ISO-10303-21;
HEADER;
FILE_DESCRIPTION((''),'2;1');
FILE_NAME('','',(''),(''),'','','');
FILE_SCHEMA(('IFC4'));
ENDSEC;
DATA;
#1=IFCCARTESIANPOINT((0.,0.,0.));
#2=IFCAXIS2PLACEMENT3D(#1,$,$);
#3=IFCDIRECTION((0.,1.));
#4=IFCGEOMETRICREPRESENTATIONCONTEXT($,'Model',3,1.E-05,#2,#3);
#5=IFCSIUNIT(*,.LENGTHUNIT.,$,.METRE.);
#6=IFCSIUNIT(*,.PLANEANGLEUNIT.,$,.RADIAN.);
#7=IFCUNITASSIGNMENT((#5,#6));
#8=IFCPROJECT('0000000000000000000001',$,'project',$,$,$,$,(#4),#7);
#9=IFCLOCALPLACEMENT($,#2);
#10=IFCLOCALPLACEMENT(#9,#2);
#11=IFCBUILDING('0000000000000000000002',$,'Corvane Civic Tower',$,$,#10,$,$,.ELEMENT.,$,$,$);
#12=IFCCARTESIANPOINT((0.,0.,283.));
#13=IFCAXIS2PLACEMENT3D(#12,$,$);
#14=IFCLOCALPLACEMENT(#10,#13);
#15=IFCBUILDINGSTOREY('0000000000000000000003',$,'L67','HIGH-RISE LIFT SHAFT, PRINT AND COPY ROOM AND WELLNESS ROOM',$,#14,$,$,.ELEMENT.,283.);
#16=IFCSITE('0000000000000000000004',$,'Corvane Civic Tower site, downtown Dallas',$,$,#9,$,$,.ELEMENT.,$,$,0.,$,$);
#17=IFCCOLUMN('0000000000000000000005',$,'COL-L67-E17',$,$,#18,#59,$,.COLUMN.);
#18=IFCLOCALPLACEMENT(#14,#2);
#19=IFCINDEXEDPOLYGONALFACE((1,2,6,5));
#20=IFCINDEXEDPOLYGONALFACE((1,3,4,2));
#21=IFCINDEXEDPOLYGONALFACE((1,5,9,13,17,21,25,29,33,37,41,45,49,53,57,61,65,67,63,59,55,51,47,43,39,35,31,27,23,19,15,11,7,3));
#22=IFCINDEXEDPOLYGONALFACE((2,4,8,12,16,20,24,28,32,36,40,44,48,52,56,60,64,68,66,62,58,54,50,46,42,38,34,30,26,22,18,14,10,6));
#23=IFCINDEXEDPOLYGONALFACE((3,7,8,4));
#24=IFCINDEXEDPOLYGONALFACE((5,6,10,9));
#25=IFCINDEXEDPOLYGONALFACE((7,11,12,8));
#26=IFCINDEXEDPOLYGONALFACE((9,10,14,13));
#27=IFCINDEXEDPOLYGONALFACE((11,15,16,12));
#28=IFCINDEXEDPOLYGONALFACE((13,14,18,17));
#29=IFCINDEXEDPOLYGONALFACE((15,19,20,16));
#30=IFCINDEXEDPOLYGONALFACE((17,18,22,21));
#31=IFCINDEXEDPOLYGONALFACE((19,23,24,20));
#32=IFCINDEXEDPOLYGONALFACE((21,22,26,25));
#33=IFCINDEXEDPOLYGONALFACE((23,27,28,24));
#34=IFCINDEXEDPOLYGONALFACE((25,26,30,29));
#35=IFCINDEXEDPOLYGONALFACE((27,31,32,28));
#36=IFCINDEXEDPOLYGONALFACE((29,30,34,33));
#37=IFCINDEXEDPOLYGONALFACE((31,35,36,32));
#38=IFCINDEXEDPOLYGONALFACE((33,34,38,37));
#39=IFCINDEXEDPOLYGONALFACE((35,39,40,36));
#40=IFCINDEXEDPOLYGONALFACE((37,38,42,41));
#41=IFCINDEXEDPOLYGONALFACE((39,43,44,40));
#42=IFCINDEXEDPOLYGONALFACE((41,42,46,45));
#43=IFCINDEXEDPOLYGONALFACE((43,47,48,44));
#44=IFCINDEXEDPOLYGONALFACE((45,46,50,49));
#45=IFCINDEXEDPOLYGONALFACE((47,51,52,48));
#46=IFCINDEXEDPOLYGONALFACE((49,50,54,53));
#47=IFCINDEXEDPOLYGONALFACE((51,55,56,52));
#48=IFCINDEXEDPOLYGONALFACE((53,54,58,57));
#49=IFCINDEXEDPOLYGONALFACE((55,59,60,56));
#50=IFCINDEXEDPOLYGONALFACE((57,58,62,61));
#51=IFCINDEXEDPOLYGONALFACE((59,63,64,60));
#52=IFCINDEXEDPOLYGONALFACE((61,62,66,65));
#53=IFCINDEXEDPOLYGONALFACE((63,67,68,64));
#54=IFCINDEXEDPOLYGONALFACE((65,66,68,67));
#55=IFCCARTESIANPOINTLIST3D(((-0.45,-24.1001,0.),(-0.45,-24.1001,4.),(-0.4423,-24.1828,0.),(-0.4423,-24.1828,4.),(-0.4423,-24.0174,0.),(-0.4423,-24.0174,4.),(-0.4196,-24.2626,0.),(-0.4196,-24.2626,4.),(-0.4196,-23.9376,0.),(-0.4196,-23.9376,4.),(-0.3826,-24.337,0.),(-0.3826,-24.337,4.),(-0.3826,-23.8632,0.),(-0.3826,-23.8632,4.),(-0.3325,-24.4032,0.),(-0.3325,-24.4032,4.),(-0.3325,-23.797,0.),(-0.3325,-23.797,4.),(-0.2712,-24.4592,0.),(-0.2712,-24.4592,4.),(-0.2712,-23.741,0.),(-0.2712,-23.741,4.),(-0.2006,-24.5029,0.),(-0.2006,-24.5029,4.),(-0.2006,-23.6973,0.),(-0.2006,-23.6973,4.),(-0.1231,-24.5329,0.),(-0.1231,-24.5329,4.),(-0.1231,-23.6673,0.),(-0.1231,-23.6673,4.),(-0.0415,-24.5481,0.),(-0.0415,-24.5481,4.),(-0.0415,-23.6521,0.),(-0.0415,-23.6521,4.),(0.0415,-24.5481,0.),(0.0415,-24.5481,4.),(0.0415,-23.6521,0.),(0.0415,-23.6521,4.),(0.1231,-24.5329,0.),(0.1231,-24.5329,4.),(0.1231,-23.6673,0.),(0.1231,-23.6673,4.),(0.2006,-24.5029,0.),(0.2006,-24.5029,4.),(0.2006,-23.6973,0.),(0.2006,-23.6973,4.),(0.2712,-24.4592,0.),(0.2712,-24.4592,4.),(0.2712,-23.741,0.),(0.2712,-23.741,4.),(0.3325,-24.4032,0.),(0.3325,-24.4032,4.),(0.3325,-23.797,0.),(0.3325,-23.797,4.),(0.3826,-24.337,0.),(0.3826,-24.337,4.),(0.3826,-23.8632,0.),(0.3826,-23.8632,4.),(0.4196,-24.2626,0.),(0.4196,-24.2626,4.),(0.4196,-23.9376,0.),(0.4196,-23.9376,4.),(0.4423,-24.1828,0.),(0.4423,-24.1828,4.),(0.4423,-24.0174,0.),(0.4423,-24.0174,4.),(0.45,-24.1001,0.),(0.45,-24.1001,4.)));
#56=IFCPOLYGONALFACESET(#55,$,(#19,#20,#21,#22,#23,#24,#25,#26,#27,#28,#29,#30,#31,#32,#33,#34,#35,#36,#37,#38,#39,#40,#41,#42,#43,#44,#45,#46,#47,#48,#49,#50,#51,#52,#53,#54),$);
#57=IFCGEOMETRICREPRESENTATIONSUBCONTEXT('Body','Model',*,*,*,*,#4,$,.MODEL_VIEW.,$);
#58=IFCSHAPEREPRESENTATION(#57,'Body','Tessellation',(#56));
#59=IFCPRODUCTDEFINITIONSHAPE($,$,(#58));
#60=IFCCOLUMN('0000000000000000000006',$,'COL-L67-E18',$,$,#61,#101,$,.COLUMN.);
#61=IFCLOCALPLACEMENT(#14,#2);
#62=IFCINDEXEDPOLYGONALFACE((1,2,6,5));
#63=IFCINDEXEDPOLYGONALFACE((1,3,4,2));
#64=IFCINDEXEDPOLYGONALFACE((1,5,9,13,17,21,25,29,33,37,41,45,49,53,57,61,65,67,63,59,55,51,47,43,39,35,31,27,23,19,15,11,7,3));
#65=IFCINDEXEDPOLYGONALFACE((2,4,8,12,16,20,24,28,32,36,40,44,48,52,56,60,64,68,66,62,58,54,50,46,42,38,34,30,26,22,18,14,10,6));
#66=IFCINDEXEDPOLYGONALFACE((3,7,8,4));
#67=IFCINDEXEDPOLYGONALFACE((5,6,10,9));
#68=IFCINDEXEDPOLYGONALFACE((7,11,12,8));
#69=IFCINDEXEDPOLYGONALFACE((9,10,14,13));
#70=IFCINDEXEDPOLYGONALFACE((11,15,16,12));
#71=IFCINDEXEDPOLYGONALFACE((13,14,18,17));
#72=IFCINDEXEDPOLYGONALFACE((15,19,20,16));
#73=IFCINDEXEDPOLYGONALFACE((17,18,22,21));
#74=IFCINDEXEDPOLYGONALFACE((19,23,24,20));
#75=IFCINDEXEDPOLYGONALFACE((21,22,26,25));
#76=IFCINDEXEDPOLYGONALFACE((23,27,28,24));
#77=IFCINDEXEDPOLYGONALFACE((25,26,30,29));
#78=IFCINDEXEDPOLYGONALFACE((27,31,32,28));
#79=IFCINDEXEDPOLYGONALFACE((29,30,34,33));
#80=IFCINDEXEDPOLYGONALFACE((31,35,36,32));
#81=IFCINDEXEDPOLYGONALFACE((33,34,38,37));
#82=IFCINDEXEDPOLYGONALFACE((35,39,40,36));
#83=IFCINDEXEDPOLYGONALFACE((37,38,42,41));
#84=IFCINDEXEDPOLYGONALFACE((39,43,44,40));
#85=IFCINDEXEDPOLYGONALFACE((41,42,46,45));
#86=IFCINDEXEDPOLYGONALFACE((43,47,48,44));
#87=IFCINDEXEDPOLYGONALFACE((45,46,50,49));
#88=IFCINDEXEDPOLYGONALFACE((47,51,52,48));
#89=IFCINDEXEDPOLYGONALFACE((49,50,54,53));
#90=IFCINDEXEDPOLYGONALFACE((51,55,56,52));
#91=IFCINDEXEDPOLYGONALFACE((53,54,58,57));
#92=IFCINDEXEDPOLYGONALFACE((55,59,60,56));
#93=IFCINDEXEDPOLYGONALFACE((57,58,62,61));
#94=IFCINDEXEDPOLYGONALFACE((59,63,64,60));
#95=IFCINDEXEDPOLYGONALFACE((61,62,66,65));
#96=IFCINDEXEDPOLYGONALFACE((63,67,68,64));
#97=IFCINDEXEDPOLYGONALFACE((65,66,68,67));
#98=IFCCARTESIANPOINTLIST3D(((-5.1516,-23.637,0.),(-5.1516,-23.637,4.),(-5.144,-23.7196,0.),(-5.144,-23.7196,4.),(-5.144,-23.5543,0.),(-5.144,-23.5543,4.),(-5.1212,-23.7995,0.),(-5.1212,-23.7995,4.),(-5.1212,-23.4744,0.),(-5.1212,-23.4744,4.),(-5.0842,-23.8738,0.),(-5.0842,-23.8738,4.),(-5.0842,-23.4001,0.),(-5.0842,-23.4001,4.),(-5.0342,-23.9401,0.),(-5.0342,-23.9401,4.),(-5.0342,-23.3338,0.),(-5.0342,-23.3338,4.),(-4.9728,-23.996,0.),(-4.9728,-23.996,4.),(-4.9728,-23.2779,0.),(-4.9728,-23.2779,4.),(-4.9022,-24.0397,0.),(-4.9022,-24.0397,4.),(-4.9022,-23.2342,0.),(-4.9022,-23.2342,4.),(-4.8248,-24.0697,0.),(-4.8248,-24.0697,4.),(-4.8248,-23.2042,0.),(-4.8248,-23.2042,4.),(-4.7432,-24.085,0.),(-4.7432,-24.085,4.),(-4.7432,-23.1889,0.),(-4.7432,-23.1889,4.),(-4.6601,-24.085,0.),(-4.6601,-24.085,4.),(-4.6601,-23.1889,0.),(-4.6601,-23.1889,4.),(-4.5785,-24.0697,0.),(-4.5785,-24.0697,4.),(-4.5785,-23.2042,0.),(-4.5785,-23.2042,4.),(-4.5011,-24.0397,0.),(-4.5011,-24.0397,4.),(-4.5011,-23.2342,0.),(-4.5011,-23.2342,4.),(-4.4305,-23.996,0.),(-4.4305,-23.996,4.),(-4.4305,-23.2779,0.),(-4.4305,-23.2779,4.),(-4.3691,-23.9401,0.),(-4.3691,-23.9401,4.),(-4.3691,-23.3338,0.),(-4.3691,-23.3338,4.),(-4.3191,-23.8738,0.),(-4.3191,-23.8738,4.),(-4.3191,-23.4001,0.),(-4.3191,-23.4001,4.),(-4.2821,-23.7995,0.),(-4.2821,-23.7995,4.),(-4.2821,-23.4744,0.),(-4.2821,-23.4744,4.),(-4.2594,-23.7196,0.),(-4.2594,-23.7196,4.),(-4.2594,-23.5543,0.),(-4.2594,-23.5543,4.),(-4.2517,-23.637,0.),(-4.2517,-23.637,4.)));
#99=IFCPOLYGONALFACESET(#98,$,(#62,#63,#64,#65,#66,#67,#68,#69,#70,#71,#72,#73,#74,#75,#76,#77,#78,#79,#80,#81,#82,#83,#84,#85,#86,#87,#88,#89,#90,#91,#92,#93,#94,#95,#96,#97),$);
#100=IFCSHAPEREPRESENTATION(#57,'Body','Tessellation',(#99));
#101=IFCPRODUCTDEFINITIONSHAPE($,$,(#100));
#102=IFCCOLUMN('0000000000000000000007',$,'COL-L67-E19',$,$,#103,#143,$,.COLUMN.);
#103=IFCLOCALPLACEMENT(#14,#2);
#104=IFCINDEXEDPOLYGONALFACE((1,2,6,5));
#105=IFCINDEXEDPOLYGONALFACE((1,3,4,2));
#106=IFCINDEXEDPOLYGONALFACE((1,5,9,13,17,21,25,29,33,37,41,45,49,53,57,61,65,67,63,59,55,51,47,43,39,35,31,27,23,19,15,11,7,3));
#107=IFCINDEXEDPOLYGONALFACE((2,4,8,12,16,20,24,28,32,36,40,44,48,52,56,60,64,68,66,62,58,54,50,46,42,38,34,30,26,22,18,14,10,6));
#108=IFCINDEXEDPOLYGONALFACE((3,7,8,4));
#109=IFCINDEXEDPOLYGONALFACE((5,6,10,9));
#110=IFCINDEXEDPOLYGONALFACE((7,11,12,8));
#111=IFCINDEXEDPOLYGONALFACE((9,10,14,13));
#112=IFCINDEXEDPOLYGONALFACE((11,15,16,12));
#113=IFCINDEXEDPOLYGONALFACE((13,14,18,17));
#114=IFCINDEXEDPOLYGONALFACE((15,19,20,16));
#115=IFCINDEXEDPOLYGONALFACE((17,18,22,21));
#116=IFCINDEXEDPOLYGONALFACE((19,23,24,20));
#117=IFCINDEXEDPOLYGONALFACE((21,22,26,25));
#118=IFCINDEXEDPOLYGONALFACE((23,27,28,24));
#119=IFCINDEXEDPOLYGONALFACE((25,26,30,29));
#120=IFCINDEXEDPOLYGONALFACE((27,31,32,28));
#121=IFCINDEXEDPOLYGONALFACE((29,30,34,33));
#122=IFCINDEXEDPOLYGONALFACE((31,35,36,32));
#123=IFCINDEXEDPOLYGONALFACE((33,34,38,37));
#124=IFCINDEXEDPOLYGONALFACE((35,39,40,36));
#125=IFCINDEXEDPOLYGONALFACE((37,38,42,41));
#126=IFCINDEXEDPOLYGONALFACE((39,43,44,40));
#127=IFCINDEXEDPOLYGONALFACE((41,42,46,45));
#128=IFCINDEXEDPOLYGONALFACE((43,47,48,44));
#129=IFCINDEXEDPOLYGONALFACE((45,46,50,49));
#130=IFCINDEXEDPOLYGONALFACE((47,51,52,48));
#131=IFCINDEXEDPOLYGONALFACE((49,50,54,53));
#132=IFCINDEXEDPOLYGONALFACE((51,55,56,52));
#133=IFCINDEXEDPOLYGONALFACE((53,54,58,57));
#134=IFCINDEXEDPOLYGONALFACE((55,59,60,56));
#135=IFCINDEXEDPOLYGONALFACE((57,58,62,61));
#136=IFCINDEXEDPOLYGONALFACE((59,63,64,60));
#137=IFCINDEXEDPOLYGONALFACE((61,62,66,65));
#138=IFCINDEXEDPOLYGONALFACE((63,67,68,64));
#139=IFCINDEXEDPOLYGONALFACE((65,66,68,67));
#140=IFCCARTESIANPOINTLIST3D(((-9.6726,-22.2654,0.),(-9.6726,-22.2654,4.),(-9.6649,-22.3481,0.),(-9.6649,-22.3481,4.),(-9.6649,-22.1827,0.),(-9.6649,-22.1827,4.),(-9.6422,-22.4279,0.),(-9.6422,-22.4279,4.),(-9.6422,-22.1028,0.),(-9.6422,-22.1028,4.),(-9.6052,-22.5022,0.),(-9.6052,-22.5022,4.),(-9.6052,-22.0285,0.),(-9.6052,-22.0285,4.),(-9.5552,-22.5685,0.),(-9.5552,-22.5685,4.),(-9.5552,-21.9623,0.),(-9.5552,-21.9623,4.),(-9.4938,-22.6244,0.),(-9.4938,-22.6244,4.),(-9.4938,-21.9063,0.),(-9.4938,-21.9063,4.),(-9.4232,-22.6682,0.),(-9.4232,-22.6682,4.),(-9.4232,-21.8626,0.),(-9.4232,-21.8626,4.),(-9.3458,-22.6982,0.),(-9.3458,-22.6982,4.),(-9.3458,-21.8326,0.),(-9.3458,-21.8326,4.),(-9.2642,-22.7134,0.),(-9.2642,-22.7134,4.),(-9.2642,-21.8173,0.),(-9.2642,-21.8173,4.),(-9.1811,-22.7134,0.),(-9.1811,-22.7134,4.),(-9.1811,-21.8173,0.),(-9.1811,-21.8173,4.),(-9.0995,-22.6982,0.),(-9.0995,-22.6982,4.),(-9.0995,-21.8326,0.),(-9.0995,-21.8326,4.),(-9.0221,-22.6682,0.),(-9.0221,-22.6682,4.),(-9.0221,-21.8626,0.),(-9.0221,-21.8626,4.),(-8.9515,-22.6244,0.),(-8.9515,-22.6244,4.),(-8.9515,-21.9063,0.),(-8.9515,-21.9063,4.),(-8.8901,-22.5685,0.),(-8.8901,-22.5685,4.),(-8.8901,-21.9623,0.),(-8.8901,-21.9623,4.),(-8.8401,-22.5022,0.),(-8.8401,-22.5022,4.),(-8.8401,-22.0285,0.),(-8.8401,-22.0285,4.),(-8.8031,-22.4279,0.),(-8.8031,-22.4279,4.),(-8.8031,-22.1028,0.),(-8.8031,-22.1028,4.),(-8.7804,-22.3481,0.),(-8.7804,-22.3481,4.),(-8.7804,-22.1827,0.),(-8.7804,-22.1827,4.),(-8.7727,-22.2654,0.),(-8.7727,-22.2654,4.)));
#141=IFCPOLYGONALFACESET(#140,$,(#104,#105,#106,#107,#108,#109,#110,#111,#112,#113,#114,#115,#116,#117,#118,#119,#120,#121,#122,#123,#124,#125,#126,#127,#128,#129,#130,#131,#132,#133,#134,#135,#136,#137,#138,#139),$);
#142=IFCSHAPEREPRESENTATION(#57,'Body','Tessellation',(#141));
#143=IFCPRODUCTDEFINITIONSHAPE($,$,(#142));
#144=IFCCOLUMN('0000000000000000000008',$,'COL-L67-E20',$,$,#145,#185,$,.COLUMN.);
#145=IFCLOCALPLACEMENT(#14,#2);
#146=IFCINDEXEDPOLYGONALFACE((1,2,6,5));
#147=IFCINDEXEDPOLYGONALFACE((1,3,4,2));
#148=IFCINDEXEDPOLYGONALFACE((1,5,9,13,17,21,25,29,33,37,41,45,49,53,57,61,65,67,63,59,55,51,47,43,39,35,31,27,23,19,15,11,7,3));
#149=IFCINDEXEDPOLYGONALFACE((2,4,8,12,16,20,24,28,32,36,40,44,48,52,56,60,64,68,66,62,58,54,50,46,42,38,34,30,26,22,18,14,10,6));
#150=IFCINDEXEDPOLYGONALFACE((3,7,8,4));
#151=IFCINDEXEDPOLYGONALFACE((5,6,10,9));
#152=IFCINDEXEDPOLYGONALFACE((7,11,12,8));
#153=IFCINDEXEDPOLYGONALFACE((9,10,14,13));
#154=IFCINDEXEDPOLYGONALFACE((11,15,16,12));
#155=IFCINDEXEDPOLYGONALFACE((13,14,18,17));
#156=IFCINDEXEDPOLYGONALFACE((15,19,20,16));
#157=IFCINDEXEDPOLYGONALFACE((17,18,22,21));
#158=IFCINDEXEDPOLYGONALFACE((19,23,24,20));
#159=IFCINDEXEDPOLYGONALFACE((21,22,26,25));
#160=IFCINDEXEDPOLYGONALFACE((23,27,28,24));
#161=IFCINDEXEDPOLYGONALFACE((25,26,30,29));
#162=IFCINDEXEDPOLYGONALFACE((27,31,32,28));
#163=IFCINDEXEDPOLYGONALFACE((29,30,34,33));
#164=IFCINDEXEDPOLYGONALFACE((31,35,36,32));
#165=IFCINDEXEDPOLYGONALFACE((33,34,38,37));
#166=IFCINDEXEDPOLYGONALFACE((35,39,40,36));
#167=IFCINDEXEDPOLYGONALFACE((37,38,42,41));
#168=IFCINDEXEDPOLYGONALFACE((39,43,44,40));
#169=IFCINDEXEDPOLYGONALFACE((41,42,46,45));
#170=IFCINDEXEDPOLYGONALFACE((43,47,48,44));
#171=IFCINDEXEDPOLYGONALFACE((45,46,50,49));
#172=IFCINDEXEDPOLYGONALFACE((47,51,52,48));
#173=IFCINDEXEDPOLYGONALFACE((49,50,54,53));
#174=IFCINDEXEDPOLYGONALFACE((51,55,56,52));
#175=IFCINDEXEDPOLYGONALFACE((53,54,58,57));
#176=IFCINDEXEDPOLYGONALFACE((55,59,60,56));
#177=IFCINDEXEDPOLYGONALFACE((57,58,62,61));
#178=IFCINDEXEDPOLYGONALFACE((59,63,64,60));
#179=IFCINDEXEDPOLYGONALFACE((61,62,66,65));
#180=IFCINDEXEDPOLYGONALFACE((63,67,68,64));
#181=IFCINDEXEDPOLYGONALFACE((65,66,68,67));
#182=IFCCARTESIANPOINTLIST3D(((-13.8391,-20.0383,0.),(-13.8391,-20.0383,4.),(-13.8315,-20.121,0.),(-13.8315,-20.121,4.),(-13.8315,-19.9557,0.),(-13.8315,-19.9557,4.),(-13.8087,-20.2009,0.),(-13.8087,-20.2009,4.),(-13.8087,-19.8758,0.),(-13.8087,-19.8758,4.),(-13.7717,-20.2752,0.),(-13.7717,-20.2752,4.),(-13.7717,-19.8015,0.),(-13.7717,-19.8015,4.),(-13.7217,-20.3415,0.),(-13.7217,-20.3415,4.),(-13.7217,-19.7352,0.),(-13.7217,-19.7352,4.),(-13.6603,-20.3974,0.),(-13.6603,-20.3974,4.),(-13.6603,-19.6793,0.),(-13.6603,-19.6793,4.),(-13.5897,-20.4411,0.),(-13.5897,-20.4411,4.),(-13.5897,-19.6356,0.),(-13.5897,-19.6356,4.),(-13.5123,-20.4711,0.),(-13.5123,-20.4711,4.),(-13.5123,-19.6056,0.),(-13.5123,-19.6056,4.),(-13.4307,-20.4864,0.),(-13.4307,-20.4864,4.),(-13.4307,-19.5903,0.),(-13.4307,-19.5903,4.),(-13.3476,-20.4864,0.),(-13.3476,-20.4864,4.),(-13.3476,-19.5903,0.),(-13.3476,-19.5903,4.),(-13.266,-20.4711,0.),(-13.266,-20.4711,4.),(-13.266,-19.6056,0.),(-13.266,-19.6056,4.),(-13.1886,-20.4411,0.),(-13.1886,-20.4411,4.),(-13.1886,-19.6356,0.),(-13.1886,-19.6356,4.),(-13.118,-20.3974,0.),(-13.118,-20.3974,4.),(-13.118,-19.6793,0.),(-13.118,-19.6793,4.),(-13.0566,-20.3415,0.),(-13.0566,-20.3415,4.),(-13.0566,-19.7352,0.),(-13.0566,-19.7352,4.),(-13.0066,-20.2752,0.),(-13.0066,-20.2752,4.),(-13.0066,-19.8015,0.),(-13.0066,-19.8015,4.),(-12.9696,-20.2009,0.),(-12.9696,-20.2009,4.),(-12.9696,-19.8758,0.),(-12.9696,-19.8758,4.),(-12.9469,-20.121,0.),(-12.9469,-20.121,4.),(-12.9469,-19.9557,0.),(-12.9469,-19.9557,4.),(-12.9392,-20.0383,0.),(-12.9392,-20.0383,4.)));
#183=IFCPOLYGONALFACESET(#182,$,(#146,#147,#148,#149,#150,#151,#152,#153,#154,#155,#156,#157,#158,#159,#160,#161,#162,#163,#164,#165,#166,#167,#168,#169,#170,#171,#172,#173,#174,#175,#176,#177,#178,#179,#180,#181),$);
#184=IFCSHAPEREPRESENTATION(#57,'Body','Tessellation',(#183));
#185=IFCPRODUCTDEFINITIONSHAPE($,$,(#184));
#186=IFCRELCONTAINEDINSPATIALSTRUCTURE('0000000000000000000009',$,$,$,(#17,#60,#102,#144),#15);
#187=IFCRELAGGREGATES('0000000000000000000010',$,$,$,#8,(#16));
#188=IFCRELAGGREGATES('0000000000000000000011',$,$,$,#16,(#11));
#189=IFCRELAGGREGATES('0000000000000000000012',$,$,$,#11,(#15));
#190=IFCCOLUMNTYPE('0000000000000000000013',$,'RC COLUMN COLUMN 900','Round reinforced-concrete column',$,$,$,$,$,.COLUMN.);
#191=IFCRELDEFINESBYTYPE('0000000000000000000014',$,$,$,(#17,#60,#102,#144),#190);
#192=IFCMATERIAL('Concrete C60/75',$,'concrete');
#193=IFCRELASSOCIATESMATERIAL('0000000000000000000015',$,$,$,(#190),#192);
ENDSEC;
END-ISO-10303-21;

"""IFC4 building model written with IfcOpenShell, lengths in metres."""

from ifc_helpers import new_model, si_unit, direction, frame, origin, origin_2d, place, context, subcontext, project, spatial, circle, extrude, material, material_profile, profile_set, type_object, element, save


model = new_model("IFC4")

# Units and contexts
model_context = context("Model", 3, precision=1e-05, world=origin(), true_north=direction((0.0, 1.0)))
body_context = subcontext(model_context, "Body", "Model", "MODEL_VIEW")
ifc_project = project(units=[si_unit("LENGTHUNIT", "METRE"), si_unit("PLANEANGLEUNIT", "RADIAN")], contexts=[model_context])

# Site, building, storey
site_placement = place(None, origin())
site = spatial("IfcSite", under=ifc_project, at=site_placement, Name="Corvane Civic Tower site, downtown Dallas", CompositionType="ELEMENT", RefElevation=0.0)
building_placement = place(site_placement, origin())
building = spatial("IfcBuilding", under=site, at=building_placement, Name="Corvane Civic Tower", CompositionType="ELEMENT")
storey_placement = place(building_placement, frame((0.0, 0.0, 283.0)))
storey = spatial("IfcBuildingStorey", under=building, at=storey_placement, Name="L67", Description="HIGH-RISE LIFT SHAFT, PRINT AND COPY ROOM AND WELLNESS ROOM", CompositionType="ELEMENT", Elevation=283.0)

# Columns
ifc_material_1 = material(Name="Concrete C60/75", Category="concrete")
ifc_material_profile_1 = material_profile(ifc_material_1, circle(Radius=0.45, at=origin_2d()), Name="COLUMN 900")
ifc_profile_set_1 = profile_set([ifc_material_profile_1], Name="Concrete C60/75")
column_type = type_object("IfcColumnType", Name="RC COLUMN COLUMN 900", Description="Round reinforced-concrete column", PredefinedType="COLUMN", material=ifc_profile_set_1)
for number, where, z_axis, x_axis, name in (
    (1, (0.0, -24.1001, 0.0), (0.0, 0.0, 1.0), (1.0, 0.0, 0.0), "COL-L67-E17"),
    (2, (-4.7017, -23.637, 0.0), (0.0, 0.0, 1.0), (1.0, 0.0, 0.0), "COL-L67-E18"),
    (3, (-9.2227, -22.2654, 0.0), (0.0, 0.0, 1.0), (1.0, 0.0, 0.0), "COL-L67-E19"),
    (4, (-13.3892, -20.0383, 0.0), (0.0, 0.0, 1.0), (1.0, 0.0, 0.0), "COL-L67-E20"),
):
    element("IfcColumn", number, at=place(storey_placement, frame(where, z_axis=z_axis, x_axis=x_axis)), inside=storey, type_object=column_type, Name=name, PredefinedType="COLUMN", context=body_context, shape_type="SweptSolid", body=[
        extrude(circle(Radius=0.45, at=origin_2d()), origin(), (0.0, 0.0, 1.0), 4.0),
    ])

save(model, "model.ifc")
